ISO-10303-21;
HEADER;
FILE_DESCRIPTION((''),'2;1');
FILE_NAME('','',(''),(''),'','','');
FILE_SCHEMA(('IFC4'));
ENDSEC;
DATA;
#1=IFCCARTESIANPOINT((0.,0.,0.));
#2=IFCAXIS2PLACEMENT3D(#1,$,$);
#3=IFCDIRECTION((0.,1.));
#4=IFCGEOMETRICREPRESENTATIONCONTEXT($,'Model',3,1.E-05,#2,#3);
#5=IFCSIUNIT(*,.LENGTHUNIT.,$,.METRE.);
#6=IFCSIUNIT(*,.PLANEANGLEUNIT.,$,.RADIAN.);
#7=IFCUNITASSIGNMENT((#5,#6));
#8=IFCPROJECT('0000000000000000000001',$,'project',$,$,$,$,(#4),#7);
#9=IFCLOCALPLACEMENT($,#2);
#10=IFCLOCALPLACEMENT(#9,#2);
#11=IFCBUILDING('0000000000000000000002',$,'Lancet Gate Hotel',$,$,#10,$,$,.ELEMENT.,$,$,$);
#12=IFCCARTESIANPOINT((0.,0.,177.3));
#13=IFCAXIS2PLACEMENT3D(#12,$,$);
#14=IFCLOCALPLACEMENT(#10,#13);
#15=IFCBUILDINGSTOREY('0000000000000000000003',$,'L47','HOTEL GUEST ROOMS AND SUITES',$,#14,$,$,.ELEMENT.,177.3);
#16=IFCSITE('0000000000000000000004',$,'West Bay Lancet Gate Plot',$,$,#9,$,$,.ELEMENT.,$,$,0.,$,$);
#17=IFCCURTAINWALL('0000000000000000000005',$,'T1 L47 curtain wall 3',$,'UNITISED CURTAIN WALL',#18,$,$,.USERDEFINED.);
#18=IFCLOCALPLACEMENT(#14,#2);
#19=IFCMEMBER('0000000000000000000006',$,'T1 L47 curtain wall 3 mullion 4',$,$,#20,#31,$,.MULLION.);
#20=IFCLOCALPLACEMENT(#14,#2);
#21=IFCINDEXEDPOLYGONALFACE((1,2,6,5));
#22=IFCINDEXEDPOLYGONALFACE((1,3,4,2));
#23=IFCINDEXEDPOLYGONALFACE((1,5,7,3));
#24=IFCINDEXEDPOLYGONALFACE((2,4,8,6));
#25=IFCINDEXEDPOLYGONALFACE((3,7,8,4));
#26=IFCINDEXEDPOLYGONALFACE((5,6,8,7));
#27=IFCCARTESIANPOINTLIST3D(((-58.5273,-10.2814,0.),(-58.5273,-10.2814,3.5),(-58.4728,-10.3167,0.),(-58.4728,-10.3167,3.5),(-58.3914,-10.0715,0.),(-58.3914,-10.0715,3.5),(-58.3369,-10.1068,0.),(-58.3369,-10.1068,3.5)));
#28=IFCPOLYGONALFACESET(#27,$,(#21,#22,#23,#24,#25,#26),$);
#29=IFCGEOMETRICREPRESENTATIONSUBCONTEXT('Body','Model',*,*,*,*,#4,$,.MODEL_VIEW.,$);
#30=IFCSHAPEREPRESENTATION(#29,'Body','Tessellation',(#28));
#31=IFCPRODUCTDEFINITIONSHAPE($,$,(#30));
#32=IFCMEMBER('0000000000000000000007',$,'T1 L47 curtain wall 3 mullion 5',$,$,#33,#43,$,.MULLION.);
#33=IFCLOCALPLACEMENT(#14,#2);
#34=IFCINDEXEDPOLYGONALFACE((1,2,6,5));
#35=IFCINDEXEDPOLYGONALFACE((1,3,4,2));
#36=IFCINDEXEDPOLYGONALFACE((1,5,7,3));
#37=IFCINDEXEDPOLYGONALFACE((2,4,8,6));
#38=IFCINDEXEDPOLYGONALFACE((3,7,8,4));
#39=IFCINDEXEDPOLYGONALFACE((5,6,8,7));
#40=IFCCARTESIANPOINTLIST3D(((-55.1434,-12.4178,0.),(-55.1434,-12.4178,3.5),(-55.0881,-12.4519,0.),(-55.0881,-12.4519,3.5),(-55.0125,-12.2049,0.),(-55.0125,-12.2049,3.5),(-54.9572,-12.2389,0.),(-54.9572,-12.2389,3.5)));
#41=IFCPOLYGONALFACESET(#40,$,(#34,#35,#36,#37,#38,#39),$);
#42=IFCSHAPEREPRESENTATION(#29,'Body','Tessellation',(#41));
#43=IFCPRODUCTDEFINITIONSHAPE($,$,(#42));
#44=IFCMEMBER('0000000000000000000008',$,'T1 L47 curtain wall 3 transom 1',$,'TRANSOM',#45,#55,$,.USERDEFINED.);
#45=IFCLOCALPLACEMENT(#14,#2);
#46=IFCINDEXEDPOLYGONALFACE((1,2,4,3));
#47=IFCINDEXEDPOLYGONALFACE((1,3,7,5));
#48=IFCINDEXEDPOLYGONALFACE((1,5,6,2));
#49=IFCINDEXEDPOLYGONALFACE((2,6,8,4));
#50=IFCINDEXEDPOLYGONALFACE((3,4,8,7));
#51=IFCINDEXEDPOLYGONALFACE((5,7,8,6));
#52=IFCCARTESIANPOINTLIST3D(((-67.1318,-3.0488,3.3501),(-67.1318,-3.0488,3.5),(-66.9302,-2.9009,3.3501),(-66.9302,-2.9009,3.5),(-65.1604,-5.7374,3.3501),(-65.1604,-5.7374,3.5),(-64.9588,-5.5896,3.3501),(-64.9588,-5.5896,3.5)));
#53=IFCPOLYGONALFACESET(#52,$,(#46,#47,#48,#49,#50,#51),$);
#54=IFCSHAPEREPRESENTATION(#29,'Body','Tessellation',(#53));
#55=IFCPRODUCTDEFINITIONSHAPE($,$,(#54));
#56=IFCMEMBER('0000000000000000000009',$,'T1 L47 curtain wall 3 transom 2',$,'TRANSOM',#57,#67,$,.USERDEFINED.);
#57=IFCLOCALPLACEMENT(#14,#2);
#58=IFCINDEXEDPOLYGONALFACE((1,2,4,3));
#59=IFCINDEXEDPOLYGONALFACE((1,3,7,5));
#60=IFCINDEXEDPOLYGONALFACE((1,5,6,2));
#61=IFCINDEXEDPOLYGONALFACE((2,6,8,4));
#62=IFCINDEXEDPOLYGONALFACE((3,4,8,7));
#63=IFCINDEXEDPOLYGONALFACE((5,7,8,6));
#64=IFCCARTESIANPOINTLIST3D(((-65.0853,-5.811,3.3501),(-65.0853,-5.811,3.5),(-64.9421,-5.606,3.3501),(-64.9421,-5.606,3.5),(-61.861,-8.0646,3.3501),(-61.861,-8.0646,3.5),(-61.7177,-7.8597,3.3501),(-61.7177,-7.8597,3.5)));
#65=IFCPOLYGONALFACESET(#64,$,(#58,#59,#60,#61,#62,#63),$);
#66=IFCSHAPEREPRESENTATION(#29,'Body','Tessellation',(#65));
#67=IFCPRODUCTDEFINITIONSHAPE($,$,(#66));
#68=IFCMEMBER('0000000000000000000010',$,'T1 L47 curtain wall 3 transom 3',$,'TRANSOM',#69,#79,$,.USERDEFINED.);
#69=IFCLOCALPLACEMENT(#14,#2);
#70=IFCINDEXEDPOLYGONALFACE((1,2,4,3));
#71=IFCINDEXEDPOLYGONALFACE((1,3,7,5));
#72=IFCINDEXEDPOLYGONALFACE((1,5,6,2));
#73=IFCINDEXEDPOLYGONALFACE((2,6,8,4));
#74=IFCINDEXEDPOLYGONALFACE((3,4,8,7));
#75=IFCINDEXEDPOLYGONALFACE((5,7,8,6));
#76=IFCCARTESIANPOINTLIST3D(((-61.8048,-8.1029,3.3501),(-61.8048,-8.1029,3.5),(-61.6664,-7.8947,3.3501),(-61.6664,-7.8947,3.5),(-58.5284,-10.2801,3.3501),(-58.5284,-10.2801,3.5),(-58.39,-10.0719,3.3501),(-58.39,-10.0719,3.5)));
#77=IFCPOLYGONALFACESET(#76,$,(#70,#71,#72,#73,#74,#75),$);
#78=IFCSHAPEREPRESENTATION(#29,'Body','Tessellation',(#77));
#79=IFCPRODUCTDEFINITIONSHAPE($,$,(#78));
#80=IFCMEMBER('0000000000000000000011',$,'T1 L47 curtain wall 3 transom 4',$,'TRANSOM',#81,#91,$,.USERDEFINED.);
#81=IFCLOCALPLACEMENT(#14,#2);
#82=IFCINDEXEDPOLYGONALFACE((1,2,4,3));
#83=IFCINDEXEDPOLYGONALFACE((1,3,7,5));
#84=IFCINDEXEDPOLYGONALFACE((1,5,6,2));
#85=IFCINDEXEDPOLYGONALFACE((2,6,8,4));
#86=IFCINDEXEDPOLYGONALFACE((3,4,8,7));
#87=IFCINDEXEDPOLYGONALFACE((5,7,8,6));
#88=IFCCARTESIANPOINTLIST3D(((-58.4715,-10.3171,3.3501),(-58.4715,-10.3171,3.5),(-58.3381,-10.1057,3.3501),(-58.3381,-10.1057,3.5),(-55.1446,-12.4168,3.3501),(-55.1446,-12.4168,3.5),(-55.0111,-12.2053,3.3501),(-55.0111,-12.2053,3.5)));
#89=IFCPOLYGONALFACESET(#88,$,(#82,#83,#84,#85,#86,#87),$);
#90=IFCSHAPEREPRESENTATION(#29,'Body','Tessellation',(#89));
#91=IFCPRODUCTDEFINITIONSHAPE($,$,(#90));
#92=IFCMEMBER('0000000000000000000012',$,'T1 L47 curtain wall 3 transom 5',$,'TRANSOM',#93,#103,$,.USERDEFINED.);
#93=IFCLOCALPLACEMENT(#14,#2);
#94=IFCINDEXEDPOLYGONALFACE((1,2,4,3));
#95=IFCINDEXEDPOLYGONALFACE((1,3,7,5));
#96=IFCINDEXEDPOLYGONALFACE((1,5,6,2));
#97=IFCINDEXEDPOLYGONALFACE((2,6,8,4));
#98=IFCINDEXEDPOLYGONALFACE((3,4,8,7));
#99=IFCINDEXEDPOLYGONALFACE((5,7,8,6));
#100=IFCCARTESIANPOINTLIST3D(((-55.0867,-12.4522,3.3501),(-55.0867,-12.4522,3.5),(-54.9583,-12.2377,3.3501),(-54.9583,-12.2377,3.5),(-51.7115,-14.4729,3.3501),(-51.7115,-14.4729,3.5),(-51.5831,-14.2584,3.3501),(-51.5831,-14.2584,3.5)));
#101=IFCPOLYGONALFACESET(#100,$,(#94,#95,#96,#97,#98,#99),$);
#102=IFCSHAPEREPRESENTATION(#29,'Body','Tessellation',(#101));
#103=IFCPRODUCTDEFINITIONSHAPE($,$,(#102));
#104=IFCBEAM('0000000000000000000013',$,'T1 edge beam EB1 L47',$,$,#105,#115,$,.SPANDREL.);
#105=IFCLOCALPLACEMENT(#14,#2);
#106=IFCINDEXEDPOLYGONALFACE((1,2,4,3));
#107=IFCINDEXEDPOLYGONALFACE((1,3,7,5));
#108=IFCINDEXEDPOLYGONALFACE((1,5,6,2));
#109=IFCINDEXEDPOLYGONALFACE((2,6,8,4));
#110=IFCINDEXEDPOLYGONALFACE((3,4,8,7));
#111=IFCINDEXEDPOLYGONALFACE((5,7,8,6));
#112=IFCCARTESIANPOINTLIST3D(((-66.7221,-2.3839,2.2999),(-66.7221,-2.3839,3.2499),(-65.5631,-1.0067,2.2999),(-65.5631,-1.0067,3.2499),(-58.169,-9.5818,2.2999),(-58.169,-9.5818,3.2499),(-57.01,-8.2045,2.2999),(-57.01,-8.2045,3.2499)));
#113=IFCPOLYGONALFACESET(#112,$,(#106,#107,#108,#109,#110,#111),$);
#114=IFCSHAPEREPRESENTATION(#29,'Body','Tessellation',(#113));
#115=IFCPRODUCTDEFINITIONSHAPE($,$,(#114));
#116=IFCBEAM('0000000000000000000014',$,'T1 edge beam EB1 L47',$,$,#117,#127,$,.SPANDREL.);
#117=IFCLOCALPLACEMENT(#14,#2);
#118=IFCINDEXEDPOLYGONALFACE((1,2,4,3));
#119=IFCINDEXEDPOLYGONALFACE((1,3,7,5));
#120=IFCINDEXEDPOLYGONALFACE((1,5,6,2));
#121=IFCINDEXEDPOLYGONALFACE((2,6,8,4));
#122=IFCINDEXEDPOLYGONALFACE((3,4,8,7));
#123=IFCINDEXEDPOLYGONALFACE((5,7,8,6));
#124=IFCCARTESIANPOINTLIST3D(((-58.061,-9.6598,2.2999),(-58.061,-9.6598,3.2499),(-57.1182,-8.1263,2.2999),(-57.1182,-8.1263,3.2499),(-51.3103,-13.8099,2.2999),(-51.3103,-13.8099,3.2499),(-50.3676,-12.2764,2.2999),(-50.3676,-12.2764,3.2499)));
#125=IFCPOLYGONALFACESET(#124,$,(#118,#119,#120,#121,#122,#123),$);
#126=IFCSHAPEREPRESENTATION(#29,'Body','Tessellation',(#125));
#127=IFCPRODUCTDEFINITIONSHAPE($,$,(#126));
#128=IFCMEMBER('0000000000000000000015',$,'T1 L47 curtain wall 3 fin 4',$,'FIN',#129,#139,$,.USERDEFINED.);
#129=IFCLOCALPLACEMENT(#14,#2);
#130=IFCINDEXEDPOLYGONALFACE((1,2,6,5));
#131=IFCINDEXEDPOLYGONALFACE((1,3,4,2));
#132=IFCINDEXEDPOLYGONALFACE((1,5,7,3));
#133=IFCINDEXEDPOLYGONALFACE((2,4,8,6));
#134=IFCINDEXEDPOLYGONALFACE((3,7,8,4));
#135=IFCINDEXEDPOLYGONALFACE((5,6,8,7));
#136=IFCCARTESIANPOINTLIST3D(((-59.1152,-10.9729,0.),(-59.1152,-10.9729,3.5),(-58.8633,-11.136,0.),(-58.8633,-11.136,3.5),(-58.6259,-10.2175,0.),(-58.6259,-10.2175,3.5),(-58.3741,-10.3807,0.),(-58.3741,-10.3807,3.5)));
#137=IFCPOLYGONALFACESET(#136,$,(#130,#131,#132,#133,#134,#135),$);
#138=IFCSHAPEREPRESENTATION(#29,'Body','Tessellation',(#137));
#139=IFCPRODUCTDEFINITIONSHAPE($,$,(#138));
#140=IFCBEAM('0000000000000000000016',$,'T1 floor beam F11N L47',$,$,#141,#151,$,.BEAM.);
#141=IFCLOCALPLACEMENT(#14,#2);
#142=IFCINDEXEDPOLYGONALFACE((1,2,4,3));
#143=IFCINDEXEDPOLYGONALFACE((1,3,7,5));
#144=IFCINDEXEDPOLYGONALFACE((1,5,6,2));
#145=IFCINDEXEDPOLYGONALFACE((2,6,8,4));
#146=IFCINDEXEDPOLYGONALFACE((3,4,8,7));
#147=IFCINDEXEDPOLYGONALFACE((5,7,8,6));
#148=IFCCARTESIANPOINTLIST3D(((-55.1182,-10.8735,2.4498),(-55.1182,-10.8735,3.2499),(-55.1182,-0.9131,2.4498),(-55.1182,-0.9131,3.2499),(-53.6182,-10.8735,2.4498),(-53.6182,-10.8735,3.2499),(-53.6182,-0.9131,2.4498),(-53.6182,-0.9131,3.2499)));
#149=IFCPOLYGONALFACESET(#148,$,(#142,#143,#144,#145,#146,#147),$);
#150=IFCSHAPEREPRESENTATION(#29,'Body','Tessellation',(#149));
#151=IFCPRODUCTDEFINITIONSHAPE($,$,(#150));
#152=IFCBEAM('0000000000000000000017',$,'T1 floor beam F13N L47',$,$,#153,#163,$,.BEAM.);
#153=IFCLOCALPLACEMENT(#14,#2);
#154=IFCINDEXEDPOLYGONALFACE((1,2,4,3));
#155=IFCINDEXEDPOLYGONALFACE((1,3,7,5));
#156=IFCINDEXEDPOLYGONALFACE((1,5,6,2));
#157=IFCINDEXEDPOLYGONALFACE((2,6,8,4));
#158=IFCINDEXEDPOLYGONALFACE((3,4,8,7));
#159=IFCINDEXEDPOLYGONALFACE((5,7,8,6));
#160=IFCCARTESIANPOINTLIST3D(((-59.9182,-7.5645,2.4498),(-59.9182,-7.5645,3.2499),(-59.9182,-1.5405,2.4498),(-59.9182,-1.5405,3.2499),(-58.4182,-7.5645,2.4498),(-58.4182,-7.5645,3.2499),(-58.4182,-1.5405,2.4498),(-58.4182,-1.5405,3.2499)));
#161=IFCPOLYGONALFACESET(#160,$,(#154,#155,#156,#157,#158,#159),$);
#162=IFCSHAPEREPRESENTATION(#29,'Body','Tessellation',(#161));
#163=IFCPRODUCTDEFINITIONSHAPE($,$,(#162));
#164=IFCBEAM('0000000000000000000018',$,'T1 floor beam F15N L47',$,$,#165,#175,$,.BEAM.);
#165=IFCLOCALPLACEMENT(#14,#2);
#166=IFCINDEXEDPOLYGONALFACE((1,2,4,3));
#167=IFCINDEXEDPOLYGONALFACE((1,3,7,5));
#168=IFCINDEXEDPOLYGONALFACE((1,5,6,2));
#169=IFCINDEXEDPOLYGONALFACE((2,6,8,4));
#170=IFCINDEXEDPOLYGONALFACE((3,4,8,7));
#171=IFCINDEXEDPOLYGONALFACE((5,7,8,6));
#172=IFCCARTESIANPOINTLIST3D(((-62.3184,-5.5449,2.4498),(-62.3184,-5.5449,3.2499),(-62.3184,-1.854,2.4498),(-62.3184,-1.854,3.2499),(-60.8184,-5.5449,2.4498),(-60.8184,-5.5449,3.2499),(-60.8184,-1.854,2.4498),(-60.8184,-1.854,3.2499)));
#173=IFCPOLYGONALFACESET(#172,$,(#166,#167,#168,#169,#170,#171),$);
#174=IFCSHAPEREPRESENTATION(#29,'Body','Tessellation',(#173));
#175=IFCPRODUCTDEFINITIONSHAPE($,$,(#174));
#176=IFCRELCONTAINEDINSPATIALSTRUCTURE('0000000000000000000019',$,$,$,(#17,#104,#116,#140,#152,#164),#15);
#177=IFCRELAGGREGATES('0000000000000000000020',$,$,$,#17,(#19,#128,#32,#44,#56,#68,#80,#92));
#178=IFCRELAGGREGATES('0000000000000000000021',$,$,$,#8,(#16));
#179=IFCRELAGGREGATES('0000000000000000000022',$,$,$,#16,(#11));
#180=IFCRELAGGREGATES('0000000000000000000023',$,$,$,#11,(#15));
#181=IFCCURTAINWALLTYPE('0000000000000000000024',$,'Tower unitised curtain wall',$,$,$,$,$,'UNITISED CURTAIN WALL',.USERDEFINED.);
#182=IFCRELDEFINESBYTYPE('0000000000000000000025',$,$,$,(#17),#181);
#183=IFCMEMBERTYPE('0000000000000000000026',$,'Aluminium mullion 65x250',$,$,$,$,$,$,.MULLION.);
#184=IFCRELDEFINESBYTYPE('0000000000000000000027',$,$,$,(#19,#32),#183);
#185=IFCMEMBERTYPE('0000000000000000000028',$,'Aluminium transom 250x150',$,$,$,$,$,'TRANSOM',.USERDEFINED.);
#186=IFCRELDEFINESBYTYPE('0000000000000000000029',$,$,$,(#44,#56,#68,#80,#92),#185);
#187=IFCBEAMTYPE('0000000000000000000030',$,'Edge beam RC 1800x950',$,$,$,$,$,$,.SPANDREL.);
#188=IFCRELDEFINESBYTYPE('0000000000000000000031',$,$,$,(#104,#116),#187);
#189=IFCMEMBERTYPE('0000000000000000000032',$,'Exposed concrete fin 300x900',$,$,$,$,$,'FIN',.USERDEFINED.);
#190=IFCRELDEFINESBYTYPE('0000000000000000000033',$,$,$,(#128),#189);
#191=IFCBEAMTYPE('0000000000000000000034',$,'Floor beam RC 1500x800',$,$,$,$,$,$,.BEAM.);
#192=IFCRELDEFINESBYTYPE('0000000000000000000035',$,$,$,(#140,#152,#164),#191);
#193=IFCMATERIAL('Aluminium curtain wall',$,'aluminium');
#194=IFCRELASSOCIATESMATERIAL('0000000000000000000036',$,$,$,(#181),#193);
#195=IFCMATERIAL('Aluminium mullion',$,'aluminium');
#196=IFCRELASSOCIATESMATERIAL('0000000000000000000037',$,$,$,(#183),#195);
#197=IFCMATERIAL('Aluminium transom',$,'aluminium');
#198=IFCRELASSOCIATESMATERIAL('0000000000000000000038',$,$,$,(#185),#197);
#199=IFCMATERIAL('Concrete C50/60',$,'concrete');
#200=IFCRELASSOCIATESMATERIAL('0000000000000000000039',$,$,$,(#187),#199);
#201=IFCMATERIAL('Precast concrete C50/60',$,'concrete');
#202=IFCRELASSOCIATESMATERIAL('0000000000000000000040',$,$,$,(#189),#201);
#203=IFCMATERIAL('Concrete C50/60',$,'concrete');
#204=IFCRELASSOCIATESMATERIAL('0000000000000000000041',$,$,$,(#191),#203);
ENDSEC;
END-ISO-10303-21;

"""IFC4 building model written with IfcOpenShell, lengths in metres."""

from ifc_helpers import new_model, si_unit, direction, frame, origin, origin_2d, place, context, subcontext, project, spatial, rectangle, extrude, material, material_profile, profile_set, type_object, element, aggregate, save


model = new_model("IFC4")

# Units and contexts
model_context = context("Model", 3, precision=1e-05, world=origin(), true_north=direction((0.0, 1.0)))
body_context = subcontext(model_context, "Body", "Model", "MODEL_VIEW")
ifc_project = project(units=[si_unit("LENGTHUNIT", "METRE"), si_unit("PLANEANGLEUNIT", "RADIAN")], contexts=[model_context])

# Site, building, storey
site_placement = place(None, origin())
site = spatial("IfcSite", under=ifc_project, at=site_placement, Name="West Bay Lancet Gate Plot", CompositionType="ELEMENT", RefElevation=0.0)
building_placement = place(site_placement, origin())
building = spatial("IfcBuilding", under=site, at=building_placement, Name="Lancet Gate Hotel", CompositionType="ELEMENT")
storey_placement = place(building_placement, frame((0.0, 0.0, 177.3)))
storey = spatial("IfcBuildingStorey", under=building, at=storey_placement, Name="L47", Description="HOTEL GUEST ROOMS AND SUITES", CompositionType="ELEMENT", Elevation=177.3)

# Shared definitions
ifc_material_1 = material(Name="Aluminium curtain wall", Category="aluminium")
curtain_wall_type = type_object("IfcCurtainWallType", Name="Tower unitised curtain wall", ElementType="UNITISED CURTAIN WALL", PredefinedType="USERDEFINED", material=ifc_material_1)
ifc_material_2 = material(Name="Aluminium mullion", Category="aluminium")
ifc_material_profile_1 = material_profile(ifc_material_2, rectangle(XDim=0.0649, YDim=0.25, at=origin_2d()), Name="MULLION 65x250")
ifc_profile_set_1 = profile_set([ifc_material_profile_1], Name="Aluminium mullion")
member_type_1 = type_object("IfcMemberType", Name="Aluminium mullion 65x250", PredefinedType="MULLION", material=ifc_profile_set_1)

# Curtain wall, members
curtain_wall_1_placement = place(storey_placement, origin())
curtain_wall_1 = element("IfcCurtainWall", 1, at=curtain_wall_1_placement, inside=storey, type_object=curtain_wall_type, Name="T1 L47 curtain wall 3", ObjectType="UNITISED CURTAIN WALL", PredefinedType="USERDEFINED")
member_1_placement = place(storey_placement, frame((-58.4321, -10.1941, 0.0), z_axis=(0.0, 0.0, 1.0), x_axis=(0.839331, -0.543621, 0.0)))
member_1 = element("IfcMember", 2, at=member_1_placement, type_object=member_type_1, Name="T1 L47 curtain wall 3 mullion 4", PredefinedType="MULLION", context=body_context, shape_type="SweptSolid", body=[
    extrude(rectangle(XDim=0.0649, YDim=0.25, at=origin_2d()), origin(), (0.0, 0.0, 1.0), 3.5),
])
member_2_placement = place(storey_placement, frame((-55.0503, -12.3284, 0.0), z_axis=(0.0, 0.0, 1.0), x_axis=(0.851886, -0.523728, 0.0)))
member_2 = element("IfcMember", 3, at=member_2_placement, type_object=member_type_1, Name="T1 L47 curtain wall 3 mullion 5", PredefinedType="MULLION", context=body_context, shape_type="SweptSolid", body=[
    extrude(rectangle(XDim=0.0649, YDim=0.25, at=origin_2d()), origin(), (0.0, 0.0, 1.0), 3.5),
])
ifc_material_3 = material(Name="Aluminium transom", Category="aluminium")
ifc_material_profile_2 = material_profile(ifc_material_3, rectangle(XDim=0.25, YDim=0.1499, at=origin_2d()), Name="TRANSOM 250x150")
ifc_profile_set_2 = profile_set([ifc_material_profile_2], Name="Aluminium transom")
member_type_2 = type_object("IfcMemberType", Name="Aluminium transom 250x150", ElementType="TRANSOM", PredefinedType="USERDEFINED", material=ifc_profile_set_2)
member_3_placement = place(storey_placement, frame((-67.031, -2.9749, 3.425), z_axis=(0.591307, -0.806447, 0.0), x_axis=(0.806447, 0.591307, 0.0)))
member_3 = element("IfcMember", 4, at=member_3_placement, type_object=member_type_2, Name="T1 L47 curtain wall 3 transom 1", ObjectType="TRANSOM", PredefinedType="USERDEFINED", context=body_context, shape_type="SweptSolid", body=[
    extrude(rectangle(XDim=0.25, YDim=0.1499, at=origin_2d()), origin(), (0.0, 0.0, 1.0), 3.334),
])
member_4_placement = place(storey_placement, frame((-65.0137, -5.7085, 3.425), z_axis=(0.819637, -0.572883, 0.0), x_axis=(0.572883, 0.819637, 0.0)))
member_4 = element("IfcMember", 5, at=member_4_placement, type_object=member_type_2, Name="T1 L47 curtain wall 3 transom 2", ObjectType="TRANSOM", PredefinedType="USERDEFINED", context=body_context, shape_type="SweptSolid", body=[
    extrude(rectangle(XDim=0.25, YDim=0.1499, at=origin_2d()), origin(), (0.0, 0.0, 1.0), 3.9338),
])
member_5_placement = place(storey_placement, frame((-61.7356, -7.9988, 3.425), z_axis=(0.832871, -0.553468, 0.0), x_axis=(0.553468, 0.832871, 0.0)))
member_5 = element("IfcMember", 6, at=member_5_placement, type_object=member_type_2, Name="T1 L47 curtain wall 3 transom 3", ObjectType="TRANSOM", PredefinedType="USERDEFINED", context=body_context, shape_type="SweptSolid", body=[
    extrude(rectangle(XDim=0.25, YDim=0.1499, at=origin_2d()), origin(), (0.0, 0.0, 1.0), 3.9338),
])
member_6_placement = place(storey_placement, frame((-58.4048, -10.2114, 3.425), z_axis=(0.845672, -0.533703, 0.0), x_axis=(0.533703, 0.845672, 0.0)))
member_6 = element("IfcMember", 7, at=member_6_placement, type_object=member_type_2, Name="T1 L47 curtain wall 3 transom 4", ObjectType="TRANSOM", PredefinedType="USERDEFINED", context=body_context, shape_type="SweptSolid", body=[
    extrude(rectangle(XDim=0.25, YDim=0.1499, at=origin_2d()), origin(), (0.0, 0.0, 1.0), 3.9341),
])
member_7_placement = place(storey_placement, frame((-55.0225, -12.345, 3.425), z_axis=(0.857985, -0.513674, 0.0), x_axis=(0.513674, 0.857985, 0.0)))
member_7 = element("IfcMember", 8, at=member_7_placement, type_object=member_type_2, Name="T1 L47 curtain wall 3 transom 5", ObjectType="TRANSOM", PredefinedType="USERDEFINED", context=body_context, shape_type="SweptSolid", body=[
    extrude(rectangle(XDim=0.25, YDim=0.1499, at=origin_2d()), origin(), (0.0, 0.0, 1.0), 3.9338),
])

# Beams
ifc_material_4 = material(Name="Concrete C50/60", Category="concrete")
ifc_material_profile_3 = material_profile(ifc_material_4, rectangle(XDim=1.8, YDim=0.95, at=origin_2d()), Name="RC 1800x950")
ifc_profile_set_3 = profile_set([ifc_material_profile_3], Name="Concrete C50/60")
beam_type_1 = type_object("IfcBeamType", Name="Edge beam RC 1800x950", PredefinedType="SPANDREL", material=ifc_profile_set_3)
beam_1_placement = place(storey_placement, frame((-66.1426, -1.6953, 2.7749), z_axis=(0.765121, -0.643887, 0.0), x_axis=(0.643887, 0.765121, 0.0)))
element("IfcBeam", 9, at=beam_1_placement, inside=storey, type_object=beam_type_1, Name="T1 edge beam EB1 L47", PredefinedType="SPANDREL", context=body_context, shape_type="SweptSolid", body=[
    extrude(rectangle(XDim=1.8, YDim=0.95, at=origin_2d()), origin(), (0.0, 0.0, 1.0), 11.1787),
])
beam_2_placement = place(storey_placement, frame((-57.5896, -8.8931, 2.7749), z_axis=(0.851892, -0.523717, 0.0), x_axis=(0.523717, 0.851892, 0.0)))
element("IfcBeam", 10, at=beam_2_placement, inside=storey, type_object=beam_type_1, Name="T1 edge beam EB1 L47", PredefinedType="SPANDREL", context=body_context, shape_type="SweptSolid", body=[
    extrude(rectangle(XDim=1.8, YDim=0.95, at=origin_2d()), origin(), (0.0, 0.0, 1.0), 7.9243),
])

# Member
ifc_material_5 = material(Name="Precast concrete C50/60", Category="concrete")
ifc_material_profile_4 = material_profile(ifc_material_5, rectangle(XDim=0.3, YDim=0.8999, at=origin_2d()), Name="FIN 300x900")
ifc_profile_set_4 = profile_set([ifc_material_profile_4], Name="Precast concrete C50/60")
member_type_3 = type_object("IfcMemberType", Name="Exposed concrete fin 300x900", ElementType="FIN", PredefinedType="USERDEFINED", material=ifc_profile_set_4)
member_8_placement = place(storey_placement, frame((-58.7446, -10.6768, 0.0), z_axis=(0.0, 0.0, 1.0), x_axis=(0.839331, -0.543621, 0.0)))
member_8 = element("IfcMember", 11, at=member_8_placement, type_object=member_type_3, Name="T1 L47 curtain wall 3 fin 4", ObjectType="FIN", PredefinedType="USERDEFINED", context=body_context, shape_type="SweptSolid", body=[
    extrude(rectangle(XDim=0.3, YDim=0.8999, at=origin_2d()), origin(), (0.0, 0.0, 1.0), 3.5),
])

# Beams
ifc_material_6 = material(Name="Concrete C50/60", Category="concrete")
ifc_material_profile_5 = material_profile(ifc_material_6, rectangle(XDim=1.5, YDim=0.8, at=origin_2d()), Name="RC 1500x800")
ifc_profile_set_5 = profile_set([ifc_material_profile_5], Name="Concrete C50/60")
beam_type_2 = type_object("IfcBeamType", Name="Floor beam RC 1500x800", PredefinedType="BEAM", material=ifc_profile_set_5)
beam_3_placement = place(storey_placement, frame((-54.3682, -0.9131, 2.8499), z_axis=(0.0, -1.0, 0.0), x_axis=(1.0, 0.0, 0.0)))
element("IfcBeam", 12, at=beam_3_placement, inside=storey, type_object=beam_type_2, Name="T1 floor beam F11N L47", PredefinedType="BEAM", context=body_context, shape_type="SweptSolid", body=[
    extrude(rectangle(XDim=1.5, YDim=0.8, at=origin_2d()), origin(), (0.0, 0.0, 1.0), 9.9604),
])
beam_4_placement = place(storey_placement, frame((-59.1682, -1.5405, 2.8499), z_axis=(0.0, -1.0, 0.0), x_axis=(1.0, 0.0, 0.0)))
element("IfcBeam", 13, at=beam_4_placement, inside=storey, type_object=beam_type_2, Name="T1 floor beam F13N L47", PredefinedType="BEAM", context=body_context, shape_type="SweptSolid", body=[
    extrude(rectangle(XDim=1.5, YDim=0.8, at=origin_2d()), origin(), (0.0, 0.0, 1.0), 6.0239),
])
beam_5_placement = place(storey_placement, frame((-61.5684, -1.854, 2.8499), z_axis=(0.0, -1.0, 0.0), x_axis=(1.0, 0.0, 0.0)))
element("IfcBeam", 14, at=beam_5_placement, inside=storey, type_object=beam_type_2, Name="T1 floor beam F15N L47", PredefinedType="BEAM", context=body_context, shape_type="SweptSolid", body=[
    extrude(rectangle(XDim=1.5, YDim=0.8, at=origin_2d()), origin(), (0.0, 0.0, 1.0), 3.6909),
])

aggregate(curtain_wall_1, [member_1, member_8, member_2, member_3, member_4, member_5, member_6, member_7])

save(model, "model.ifc")
